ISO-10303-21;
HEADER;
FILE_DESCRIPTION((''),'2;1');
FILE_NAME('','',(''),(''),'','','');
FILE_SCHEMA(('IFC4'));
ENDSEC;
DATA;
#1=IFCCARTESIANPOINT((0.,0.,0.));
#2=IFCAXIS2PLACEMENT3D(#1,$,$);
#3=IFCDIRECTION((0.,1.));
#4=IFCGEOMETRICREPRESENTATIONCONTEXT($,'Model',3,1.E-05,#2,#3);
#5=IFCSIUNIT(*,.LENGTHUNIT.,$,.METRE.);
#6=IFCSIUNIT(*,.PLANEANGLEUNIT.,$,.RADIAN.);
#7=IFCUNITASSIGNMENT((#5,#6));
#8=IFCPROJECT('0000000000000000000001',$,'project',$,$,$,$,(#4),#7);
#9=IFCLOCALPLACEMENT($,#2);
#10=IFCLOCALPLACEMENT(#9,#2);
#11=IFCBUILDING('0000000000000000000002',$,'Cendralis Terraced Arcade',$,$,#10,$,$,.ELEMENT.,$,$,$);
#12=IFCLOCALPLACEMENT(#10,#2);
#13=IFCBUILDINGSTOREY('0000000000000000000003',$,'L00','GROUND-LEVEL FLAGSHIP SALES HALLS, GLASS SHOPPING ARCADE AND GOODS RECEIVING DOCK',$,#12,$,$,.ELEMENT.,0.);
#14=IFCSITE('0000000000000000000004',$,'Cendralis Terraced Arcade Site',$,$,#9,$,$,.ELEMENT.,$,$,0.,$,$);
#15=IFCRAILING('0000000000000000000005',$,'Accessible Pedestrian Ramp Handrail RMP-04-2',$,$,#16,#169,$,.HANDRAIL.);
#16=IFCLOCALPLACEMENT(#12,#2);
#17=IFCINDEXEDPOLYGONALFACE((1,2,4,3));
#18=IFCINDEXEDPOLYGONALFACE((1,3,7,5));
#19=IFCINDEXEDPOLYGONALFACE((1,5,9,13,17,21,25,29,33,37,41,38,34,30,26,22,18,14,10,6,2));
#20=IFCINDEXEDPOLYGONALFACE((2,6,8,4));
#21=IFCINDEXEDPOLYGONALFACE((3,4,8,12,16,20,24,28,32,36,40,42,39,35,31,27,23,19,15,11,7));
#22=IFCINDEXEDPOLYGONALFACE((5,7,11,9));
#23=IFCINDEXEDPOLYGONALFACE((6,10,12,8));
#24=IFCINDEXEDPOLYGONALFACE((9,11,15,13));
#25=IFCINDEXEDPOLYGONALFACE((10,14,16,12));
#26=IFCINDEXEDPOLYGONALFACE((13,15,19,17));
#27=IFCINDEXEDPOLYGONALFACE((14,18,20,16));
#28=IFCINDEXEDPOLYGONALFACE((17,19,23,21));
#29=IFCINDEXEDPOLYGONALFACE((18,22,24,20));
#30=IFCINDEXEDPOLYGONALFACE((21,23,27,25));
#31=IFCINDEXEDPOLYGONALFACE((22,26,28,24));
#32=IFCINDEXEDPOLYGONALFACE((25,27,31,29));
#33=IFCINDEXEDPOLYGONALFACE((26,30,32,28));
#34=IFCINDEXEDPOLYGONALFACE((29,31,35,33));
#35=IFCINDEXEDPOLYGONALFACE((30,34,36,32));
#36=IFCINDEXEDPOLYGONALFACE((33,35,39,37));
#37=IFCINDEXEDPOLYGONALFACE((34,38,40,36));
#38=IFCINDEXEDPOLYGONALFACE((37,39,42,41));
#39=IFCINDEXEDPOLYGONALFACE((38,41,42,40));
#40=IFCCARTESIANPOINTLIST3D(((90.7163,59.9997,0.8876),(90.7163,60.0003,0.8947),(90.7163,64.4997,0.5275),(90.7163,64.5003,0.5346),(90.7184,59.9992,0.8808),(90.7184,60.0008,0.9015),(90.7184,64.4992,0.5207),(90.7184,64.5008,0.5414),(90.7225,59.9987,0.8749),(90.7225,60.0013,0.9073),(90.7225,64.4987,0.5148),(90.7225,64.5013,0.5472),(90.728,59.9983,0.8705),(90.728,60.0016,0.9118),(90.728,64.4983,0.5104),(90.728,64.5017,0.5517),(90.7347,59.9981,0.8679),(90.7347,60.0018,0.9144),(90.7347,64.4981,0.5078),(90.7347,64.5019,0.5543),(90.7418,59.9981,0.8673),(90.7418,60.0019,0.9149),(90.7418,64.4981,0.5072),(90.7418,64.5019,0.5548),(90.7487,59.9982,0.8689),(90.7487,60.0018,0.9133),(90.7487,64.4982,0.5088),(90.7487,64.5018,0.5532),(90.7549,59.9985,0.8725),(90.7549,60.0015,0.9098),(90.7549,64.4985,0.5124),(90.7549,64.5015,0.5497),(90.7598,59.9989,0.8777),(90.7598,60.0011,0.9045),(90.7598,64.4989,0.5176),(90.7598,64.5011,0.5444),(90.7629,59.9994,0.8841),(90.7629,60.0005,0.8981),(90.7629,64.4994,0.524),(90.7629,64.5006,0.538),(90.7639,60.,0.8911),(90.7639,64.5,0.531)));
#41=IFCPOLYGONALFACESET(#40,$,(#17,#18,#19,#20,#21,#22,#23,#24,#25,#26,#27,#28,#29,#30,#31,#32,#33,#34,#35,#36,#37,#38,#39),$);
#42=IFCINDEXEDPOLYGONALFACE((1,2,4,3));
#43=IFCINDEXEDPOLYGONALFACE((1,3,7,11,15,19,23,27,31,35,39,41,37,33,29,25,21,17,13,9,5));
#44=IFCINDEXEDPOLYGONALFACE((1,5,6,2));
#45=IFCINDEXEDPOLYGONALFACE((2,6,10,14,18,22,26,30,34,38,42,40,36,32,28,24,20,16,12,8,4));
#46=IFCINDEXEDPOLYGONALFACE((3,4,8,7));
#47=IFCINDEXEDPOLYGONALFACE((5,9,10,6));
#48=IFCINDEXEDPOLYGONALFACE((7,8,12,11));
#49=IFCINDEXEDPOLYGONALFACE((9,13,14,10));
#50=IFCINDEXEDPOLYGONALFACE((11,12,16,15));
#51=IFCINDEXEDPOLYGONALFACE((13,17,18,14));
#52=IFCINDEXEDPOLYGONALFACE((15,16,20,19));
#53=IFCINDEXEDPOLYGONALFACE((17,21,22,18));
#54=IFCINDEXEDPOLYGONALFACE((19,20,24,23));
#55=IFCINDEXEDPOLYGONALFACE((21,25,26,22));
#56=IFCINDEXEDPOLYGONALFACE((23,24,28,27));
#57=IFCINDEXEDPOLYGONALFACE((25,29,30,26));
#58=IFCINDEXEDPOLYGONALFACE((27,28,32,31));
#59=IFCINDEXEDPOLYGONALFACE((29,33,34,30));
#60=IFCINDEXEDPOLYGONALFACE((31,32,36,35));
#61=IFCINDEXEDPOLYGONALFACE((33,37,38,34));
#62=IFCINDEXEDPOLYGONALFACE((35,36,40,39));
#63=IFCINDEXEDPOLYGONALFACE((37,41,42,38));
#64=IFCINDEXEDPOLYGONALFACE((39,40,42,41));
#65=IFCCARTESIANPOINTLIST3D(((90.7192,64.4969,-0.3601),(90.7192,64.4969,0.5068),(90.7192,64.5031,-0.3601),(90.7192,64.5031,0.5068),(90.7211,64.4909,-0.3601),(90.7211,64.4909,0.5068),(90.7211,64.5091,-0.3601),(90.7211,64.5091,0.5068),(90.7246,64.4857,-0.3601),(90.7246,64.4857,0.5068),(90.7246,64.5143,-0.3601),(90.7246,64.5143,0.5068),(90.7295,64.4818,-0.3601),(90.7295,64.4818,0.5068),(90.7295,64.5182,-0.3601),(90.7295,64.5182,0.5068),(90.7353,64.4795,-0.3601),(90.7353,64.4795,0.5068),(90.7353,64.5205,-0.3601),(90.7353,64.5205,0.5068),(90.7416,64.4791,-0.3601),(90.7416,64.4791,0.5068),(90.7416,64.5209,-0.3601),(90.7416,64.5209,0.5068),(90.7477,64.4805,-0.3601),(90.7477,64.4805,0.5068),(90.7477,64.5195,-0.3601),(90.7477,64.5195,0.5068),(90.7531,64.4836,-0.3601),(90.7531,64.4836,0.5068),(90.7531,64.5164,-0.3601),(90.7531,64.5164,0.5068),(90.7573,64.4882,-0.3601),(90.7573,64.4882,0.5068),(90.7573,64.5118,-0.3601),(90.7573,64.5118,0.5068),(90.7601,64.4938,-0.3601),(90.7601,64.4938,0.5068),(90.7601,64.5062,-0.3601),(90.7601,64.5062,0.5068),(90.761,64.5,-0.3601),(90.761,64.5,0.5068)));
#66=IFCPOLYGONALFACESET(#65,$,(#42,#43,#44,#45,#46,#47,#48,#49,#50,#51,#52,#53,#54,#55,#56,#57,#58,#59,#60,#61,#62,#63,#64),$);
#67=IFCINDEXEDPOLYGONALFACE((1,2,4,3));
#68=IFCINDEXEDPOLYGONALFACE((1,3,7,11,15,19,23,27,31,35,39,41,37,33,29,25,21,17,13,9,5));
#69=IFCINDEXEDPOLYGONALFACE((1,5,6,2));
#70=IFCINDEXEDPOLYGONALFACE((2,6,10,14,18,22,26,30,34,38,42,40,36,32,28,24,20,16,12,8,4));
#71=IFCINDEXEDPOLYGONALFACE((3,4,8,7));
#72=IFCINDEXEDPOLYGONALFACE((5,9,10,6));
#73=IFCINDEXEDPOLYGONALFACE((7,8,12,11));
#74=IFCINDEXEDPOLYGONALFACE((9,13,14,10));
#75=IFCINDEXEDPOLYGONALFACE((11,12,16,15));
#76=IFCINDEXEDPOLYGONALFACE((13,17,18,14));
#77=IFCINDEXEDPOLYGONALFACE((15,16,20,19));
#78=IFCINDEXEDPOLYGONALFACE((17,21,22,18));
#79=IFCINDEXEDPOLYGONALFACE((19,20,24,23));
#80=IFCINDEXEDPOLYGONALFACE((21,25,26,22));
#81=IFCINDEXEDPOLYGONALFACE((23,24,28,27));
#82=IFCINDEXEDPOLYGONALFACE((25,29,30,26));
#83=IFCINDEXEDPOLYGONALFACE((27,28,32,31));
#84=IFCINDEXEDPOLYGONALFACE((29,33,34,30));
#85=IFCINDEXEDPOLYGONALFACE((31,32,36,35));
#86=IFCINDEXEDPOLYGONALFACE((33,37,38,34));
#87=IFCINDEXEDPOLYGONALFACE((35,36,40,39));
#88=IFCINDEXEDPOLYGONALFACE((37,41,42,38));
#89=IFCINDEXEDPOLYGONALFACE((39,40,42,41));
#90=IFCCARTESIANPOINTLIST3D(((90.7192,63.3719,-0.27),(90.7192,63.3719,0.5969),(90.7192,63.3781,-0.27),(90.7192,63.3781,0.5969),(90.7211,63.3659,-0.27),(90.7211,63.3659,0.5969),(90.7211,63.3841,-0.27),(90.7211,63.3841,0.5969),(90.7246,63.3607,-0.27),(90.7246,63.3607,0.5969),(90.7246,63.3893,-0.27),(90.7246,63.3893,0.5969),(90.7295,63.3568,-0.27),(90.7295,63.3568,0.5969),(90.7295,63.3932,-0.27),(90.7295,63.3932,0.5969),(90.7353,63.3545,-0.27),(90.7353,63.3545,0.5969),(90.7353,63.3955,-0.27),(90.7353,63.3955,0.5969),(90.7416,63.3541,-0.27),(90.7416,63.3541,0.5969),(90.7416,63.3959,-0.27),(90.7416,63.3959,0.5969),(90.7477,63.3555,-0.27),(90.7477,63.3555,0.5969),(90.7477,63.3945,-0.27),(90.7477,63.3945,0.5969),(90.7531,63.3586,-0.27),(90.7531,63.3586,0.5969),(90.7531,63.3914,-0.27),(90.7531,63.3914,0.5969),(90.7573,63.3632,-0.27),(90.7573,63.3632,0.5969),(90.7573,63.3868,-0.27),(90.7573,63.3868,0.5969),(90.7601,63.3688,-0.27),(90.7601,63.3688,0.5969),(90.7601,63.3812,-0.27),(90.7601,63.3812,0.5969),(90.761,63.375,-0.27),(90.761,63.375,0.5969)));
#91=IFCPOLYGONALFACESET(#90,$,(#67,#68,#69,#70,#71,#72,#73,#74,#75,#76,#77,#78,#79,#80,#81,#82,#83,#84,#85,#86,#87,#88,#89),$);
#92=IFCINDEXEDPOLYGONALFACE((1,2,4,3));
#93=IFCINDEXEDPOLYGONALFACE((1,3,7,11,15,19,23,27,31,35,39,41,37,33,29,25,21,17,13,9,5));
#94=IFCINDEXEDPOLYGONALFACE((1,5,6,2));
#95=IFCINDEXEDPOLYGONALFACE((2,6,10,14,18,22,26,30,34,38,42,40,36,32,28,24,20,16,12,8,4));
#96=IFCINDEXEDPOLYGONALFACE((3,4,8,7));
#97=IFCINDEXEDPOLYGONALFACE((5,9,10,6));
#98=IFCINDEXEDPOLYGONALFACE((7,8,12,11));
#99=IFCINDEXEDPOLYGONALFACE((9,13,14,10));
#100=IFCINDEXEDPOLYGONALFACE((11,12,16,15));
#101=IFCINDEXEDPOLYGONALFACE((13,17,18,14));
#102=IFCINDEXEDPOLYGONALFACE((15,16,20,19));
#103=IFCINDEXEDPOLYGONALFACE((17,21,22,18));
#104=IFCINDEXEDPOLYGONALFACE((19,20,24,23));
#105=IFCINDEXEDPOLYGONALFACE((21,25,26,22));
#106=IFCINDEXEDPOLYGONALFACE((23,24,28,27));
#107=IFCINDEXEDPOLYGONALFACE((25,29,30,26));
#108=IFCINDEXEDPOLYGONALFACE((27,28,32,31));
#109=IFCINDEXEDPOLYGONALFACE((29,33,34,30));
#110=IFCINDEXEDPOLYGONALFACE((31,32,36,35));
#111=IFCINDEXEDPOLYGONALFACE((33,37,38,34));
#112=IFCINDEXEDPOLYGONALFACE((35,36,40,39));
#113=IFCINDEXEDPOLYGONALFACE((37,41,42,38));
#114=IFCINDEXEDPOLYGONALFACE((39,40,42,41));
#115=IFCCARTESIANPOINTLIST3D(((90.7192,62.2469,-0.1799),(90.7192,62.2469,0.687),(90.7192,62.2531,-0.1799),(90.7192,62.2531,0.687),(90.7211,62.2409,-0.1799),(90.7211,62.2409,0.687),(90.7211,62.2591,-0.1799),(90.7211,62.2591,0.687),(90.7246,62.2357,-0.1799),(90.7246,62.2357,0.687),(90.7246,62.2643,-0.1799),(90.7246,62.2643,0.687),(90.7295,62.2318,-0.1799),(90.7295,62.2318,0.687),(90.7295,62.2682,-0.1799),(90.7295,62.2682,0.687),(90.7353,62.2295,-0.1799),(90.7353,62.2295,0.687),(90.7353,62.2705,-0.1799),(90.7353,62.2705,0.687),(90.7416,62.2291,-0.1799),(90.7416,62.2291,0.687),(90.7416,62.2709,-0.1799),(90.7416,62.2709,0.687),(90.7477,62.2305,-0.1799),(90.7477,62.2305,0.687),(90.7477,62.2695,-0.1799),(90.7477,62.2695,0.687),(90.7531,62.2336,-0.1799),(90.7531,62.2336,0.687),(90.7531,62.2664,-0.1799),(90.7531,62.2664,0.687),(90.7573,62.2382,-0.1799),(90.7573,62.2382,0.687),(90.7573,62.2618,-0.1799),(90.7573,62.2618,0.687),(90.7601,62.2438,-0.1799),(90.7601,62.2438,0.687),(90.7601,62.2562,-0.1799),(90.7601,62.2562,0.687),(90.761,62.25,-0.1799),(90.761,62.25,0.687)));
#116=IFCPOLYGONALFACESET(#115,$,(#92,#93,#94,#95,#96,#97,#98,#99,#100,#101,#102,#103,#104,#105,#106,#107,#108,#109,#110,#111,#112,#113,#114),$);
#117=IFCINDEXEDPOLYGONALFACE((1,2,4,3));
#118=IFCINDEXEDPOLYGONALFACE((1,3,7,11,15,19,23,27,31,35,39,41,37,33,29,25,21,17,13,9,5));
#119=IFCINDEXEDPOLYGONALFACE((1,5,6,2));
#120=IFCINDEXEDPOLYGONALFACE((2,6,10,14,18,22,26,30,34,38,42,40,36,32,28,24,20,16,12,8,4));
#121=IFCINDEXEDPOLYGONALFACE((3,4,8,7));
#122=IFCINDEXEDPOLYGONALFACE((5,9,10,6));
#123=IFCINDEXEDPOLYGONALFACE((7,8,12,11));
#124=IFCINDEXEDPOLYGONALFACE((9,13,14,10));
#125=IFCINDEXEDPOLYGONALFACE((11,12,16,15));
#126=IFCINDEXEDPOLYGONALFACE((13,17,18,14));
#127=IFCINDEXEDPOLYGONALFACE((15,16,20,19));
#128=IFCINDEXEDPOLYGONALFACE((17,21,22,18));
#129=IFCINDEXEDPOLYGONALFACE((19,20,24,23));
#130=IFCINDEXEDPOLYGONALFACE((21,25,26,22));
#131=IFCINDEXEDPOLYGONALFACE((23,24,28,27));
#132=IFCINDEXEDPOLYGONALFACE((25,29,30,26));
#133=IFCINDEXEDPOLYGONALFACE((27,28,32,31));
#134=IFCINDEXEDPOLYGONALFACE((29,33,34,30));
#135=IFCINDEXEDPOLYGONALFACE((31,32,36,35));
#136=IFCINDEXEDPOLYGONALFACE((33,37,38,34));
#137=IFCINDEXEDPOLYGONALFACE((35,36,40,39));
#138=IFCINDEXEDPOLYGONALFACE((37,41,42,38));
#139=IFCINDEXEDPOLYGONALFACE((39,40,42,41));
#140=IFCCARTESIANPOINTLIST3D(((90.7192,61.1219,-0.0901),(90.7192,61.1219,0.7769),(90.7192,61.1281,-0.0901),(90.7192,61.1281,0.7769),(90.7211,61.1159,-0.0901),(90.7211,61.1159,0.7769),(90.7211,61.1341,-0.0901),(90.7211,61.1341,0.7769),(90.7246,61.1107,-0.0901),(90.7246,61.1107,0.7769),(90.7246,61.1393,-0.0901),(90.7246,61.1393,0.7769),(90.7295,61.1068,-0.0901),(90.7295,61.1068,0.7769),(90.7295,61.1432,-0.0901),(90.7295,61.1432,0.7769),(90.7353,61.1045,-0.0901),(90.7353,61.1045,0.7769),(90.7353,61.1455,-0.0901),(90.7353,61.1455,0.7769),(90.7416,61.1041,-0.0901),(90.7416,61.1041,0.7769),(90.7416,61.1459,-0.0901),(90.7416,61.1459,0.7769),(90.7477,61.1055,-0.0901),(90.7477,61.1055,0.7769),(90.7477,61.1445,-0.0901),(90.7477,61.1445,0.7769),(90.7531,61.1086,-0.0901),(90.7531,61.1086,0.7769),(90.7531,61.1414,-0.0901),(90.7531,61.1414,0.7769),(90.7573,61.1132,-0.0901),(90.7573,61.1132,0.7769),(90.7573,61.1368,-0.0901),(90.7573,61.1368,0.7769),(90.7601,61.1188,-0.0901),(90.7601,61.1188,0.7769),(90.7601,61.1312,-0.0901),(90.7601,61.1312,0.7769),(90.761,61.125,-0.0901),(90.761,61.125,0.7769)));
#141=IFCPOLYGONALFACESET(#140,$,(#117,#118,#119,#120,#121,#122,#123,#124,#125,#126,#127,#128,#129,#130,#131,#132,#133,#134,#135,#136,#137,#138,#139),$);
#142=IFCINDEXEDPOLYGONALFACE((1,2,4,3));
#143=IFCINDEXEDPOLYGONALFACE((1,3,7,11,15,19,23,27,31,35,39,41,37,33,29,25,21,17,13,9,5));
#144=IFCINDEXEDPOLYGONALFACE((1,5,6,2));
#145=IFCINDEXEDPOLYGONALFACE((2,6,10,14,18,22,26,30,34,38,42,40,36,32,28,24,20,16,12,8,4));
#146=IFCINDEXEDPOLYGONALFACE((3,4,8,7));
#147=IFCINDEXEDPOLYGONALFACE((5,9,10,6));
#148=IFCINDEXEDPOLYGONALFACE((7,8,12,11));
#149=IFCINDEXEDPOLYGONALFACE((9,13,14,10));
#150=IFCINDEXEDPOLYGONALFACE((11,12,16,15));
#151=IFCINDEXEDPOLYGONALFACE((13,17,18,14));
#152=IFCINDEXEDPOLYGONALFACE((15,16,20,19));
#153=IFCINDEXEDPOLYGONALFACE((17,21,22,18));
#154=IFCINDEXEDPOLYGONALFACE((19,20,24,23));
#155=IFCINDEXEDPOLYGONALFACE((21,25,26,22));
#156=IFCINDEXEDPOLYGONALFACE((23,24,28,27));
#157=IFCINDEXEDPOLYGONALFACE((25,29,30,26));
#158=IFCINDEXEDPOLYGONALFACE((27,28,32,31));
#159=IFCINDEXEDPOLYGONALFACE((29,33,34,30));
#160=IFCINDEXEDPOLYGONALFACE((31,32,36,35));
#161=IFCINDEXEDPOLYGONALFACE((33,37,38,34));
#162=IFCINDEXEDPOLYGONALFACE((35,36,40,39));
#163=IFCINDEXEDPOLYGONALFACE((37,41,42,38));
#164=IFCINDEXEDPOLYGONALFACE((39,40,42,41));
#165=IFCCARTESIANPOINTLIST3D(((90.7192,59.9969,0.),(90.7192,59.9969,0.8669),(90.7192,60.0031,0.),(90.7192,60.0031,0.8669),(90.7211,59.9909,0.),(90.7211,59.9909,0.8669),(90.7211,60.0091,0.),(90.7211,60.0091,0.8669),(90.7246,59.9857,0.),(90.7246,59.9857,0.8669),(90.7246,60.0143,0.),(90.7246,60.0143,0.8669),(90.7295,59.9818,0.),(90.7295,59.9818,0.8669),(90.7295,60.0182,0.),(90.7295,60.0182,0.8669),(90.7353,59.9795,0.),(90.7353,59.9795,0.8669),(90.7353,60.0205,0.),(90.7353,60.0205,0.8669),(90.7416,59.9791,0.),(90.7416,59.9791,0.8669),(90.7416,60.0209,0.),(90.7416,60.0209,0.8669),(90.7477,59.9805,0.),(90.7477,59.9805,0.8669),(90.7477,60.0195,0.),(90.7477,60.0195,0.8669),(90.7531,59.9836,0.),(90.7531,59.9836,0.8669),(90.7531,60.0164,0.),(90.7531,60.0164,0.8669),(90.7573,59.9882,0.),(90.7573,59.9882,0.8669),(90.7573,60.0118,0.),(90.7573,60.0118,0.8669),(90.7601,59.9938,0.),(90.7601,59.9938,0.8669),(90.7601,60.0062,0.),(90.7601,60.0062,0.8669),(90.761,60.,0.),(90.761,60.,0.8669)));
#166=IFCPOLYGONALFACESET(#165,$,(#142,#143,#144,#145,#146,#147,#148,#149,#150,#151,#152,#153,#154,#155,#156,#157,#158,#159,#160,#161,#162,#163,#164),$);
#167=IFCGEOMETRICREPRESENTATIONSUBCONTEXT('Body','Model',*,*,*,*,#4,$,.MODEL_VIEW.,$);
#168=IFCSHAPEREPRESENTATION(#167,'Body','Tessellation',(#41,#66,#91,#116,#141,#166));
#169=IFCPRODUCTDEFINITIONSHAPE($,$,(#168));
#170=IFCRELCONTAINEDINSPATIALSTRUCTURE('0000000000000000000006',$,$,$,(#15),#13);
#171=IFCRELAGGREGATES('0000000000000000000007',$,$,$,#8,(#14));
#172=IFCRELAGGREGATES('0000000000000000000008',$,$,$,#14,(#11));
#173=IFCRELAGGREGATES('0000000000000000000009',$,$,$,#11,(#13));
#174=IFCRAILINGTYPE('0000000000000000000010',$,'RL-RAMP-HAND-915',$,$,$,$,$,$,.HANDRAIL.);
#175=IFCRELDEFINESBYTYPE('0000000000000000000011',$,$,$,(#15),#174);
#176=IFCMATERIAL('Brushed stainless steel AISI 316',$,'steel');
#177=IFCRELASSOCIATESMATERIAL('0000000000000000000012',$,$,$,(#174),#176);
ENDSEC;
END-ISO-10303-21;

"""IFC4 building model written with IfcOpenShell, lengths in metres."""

from ifc_helpers import new_model, si_unit, direction, frame, origin, origin_2d, place, context, subcontext, project, spatial, circle, extrude, material, type_object, element, save


model = new_model("IFC4")

# Units and contexts
model_context = context("Model", 3, precision=1e-05, world=origin(), true_north=direction((0.0, 1.0)))
body_context = subcontext(model_context, "Body", "Model", "MODEL_VIEW")
ifc_project = project(units=[si_unit("LENGTHUNIT", "METRE"), si_unit("PLANEANGLEUNIT", "RADIAN")], contexts=[model_context])

# Site, building, storey
site_placement = place(None, origin())
site = spatial("IfcSite", under=ifc_project, at=site_placement, Name="Cendralis Terraced Arcade Site", CompositionType="ELEMENT", RefElevation=0.0)
building_placement = place(site_placement, origin())
building = spatial("IfcBuilding", under=site, at=building_placement, Name="Cendralis Terraced Arcade", CompositionType="ELEMENT")
storey_placement = place(building_placement, origin())
storey = spatial("IfcBuildingStorey", under=building, at=storey_placement, Name="L00", Description="GROUND-LEVEL FLAGSHIP SALES HALLS, GLASS SHOPPING ARCADE AND GOODS RECEIVING DOCK", CompositionType="ELEMENT", Elevation=0.0)

# Railing
ifc_material_1 = material(Name="Brushed stainless steel AISI 316", Category="steel")
railing_type = type_object("IfcRailingType", Name="RL-RAMP-HAND-915", PredefinedType="HANDRAIL", material=ifc_material_1)
for number, where, name in (
    (1, (90.74, 64.5, -0.3601), "Accessible Pedestrian Ramp Handrail RMP-04-2"),
):
    element("IfcRailing", number, at=place(storey_placement, frame(where)), inside=storey, type_object=railing_type, Name=name, PredefinedType="HANDRAIL", context=body_context, shape_type="SweptSolid", body=[
        extrude(circle(Radius=0.0239, at=origin_2d()), frame((0.0, 0.0, 0.8911), z_axis=(0.0, -0.996813, 0.079769), x_axis=(1.0, 0.0, 0.0)), (0.0, 0.0, 1.0), 4.5144),
        extrude(circle(Radius=0.021, at=origin_2d()), origin(), (0.0, 0.0, 1.0), 0.8669),
        extrude(circle(Radius=0.021, at=origin_2d()), frame((0.0, -1.125, 0.0901)), (0.0, 0.0, 1.0), 0.8669),
        extrude(circle(Radius=0.021, at=origin_2d()), frame((0.0, -2.25, 0.1802)), (0.0, 0.0, 1.0), 0.8669),
        extrude(circle(Radius=0.021, at=origin_2d()), frame((0.0, -3.375, 0.27)), (0.0, 0.0, 1.0), 0.8669),
        extrude(circle(Radius=0.021, at=origin_2d()), frame((0.0, -4.5, 0.3601)), (0.0, 0.0, 1.0), 0.8669),
    ])

save(model, "model.ifc")
